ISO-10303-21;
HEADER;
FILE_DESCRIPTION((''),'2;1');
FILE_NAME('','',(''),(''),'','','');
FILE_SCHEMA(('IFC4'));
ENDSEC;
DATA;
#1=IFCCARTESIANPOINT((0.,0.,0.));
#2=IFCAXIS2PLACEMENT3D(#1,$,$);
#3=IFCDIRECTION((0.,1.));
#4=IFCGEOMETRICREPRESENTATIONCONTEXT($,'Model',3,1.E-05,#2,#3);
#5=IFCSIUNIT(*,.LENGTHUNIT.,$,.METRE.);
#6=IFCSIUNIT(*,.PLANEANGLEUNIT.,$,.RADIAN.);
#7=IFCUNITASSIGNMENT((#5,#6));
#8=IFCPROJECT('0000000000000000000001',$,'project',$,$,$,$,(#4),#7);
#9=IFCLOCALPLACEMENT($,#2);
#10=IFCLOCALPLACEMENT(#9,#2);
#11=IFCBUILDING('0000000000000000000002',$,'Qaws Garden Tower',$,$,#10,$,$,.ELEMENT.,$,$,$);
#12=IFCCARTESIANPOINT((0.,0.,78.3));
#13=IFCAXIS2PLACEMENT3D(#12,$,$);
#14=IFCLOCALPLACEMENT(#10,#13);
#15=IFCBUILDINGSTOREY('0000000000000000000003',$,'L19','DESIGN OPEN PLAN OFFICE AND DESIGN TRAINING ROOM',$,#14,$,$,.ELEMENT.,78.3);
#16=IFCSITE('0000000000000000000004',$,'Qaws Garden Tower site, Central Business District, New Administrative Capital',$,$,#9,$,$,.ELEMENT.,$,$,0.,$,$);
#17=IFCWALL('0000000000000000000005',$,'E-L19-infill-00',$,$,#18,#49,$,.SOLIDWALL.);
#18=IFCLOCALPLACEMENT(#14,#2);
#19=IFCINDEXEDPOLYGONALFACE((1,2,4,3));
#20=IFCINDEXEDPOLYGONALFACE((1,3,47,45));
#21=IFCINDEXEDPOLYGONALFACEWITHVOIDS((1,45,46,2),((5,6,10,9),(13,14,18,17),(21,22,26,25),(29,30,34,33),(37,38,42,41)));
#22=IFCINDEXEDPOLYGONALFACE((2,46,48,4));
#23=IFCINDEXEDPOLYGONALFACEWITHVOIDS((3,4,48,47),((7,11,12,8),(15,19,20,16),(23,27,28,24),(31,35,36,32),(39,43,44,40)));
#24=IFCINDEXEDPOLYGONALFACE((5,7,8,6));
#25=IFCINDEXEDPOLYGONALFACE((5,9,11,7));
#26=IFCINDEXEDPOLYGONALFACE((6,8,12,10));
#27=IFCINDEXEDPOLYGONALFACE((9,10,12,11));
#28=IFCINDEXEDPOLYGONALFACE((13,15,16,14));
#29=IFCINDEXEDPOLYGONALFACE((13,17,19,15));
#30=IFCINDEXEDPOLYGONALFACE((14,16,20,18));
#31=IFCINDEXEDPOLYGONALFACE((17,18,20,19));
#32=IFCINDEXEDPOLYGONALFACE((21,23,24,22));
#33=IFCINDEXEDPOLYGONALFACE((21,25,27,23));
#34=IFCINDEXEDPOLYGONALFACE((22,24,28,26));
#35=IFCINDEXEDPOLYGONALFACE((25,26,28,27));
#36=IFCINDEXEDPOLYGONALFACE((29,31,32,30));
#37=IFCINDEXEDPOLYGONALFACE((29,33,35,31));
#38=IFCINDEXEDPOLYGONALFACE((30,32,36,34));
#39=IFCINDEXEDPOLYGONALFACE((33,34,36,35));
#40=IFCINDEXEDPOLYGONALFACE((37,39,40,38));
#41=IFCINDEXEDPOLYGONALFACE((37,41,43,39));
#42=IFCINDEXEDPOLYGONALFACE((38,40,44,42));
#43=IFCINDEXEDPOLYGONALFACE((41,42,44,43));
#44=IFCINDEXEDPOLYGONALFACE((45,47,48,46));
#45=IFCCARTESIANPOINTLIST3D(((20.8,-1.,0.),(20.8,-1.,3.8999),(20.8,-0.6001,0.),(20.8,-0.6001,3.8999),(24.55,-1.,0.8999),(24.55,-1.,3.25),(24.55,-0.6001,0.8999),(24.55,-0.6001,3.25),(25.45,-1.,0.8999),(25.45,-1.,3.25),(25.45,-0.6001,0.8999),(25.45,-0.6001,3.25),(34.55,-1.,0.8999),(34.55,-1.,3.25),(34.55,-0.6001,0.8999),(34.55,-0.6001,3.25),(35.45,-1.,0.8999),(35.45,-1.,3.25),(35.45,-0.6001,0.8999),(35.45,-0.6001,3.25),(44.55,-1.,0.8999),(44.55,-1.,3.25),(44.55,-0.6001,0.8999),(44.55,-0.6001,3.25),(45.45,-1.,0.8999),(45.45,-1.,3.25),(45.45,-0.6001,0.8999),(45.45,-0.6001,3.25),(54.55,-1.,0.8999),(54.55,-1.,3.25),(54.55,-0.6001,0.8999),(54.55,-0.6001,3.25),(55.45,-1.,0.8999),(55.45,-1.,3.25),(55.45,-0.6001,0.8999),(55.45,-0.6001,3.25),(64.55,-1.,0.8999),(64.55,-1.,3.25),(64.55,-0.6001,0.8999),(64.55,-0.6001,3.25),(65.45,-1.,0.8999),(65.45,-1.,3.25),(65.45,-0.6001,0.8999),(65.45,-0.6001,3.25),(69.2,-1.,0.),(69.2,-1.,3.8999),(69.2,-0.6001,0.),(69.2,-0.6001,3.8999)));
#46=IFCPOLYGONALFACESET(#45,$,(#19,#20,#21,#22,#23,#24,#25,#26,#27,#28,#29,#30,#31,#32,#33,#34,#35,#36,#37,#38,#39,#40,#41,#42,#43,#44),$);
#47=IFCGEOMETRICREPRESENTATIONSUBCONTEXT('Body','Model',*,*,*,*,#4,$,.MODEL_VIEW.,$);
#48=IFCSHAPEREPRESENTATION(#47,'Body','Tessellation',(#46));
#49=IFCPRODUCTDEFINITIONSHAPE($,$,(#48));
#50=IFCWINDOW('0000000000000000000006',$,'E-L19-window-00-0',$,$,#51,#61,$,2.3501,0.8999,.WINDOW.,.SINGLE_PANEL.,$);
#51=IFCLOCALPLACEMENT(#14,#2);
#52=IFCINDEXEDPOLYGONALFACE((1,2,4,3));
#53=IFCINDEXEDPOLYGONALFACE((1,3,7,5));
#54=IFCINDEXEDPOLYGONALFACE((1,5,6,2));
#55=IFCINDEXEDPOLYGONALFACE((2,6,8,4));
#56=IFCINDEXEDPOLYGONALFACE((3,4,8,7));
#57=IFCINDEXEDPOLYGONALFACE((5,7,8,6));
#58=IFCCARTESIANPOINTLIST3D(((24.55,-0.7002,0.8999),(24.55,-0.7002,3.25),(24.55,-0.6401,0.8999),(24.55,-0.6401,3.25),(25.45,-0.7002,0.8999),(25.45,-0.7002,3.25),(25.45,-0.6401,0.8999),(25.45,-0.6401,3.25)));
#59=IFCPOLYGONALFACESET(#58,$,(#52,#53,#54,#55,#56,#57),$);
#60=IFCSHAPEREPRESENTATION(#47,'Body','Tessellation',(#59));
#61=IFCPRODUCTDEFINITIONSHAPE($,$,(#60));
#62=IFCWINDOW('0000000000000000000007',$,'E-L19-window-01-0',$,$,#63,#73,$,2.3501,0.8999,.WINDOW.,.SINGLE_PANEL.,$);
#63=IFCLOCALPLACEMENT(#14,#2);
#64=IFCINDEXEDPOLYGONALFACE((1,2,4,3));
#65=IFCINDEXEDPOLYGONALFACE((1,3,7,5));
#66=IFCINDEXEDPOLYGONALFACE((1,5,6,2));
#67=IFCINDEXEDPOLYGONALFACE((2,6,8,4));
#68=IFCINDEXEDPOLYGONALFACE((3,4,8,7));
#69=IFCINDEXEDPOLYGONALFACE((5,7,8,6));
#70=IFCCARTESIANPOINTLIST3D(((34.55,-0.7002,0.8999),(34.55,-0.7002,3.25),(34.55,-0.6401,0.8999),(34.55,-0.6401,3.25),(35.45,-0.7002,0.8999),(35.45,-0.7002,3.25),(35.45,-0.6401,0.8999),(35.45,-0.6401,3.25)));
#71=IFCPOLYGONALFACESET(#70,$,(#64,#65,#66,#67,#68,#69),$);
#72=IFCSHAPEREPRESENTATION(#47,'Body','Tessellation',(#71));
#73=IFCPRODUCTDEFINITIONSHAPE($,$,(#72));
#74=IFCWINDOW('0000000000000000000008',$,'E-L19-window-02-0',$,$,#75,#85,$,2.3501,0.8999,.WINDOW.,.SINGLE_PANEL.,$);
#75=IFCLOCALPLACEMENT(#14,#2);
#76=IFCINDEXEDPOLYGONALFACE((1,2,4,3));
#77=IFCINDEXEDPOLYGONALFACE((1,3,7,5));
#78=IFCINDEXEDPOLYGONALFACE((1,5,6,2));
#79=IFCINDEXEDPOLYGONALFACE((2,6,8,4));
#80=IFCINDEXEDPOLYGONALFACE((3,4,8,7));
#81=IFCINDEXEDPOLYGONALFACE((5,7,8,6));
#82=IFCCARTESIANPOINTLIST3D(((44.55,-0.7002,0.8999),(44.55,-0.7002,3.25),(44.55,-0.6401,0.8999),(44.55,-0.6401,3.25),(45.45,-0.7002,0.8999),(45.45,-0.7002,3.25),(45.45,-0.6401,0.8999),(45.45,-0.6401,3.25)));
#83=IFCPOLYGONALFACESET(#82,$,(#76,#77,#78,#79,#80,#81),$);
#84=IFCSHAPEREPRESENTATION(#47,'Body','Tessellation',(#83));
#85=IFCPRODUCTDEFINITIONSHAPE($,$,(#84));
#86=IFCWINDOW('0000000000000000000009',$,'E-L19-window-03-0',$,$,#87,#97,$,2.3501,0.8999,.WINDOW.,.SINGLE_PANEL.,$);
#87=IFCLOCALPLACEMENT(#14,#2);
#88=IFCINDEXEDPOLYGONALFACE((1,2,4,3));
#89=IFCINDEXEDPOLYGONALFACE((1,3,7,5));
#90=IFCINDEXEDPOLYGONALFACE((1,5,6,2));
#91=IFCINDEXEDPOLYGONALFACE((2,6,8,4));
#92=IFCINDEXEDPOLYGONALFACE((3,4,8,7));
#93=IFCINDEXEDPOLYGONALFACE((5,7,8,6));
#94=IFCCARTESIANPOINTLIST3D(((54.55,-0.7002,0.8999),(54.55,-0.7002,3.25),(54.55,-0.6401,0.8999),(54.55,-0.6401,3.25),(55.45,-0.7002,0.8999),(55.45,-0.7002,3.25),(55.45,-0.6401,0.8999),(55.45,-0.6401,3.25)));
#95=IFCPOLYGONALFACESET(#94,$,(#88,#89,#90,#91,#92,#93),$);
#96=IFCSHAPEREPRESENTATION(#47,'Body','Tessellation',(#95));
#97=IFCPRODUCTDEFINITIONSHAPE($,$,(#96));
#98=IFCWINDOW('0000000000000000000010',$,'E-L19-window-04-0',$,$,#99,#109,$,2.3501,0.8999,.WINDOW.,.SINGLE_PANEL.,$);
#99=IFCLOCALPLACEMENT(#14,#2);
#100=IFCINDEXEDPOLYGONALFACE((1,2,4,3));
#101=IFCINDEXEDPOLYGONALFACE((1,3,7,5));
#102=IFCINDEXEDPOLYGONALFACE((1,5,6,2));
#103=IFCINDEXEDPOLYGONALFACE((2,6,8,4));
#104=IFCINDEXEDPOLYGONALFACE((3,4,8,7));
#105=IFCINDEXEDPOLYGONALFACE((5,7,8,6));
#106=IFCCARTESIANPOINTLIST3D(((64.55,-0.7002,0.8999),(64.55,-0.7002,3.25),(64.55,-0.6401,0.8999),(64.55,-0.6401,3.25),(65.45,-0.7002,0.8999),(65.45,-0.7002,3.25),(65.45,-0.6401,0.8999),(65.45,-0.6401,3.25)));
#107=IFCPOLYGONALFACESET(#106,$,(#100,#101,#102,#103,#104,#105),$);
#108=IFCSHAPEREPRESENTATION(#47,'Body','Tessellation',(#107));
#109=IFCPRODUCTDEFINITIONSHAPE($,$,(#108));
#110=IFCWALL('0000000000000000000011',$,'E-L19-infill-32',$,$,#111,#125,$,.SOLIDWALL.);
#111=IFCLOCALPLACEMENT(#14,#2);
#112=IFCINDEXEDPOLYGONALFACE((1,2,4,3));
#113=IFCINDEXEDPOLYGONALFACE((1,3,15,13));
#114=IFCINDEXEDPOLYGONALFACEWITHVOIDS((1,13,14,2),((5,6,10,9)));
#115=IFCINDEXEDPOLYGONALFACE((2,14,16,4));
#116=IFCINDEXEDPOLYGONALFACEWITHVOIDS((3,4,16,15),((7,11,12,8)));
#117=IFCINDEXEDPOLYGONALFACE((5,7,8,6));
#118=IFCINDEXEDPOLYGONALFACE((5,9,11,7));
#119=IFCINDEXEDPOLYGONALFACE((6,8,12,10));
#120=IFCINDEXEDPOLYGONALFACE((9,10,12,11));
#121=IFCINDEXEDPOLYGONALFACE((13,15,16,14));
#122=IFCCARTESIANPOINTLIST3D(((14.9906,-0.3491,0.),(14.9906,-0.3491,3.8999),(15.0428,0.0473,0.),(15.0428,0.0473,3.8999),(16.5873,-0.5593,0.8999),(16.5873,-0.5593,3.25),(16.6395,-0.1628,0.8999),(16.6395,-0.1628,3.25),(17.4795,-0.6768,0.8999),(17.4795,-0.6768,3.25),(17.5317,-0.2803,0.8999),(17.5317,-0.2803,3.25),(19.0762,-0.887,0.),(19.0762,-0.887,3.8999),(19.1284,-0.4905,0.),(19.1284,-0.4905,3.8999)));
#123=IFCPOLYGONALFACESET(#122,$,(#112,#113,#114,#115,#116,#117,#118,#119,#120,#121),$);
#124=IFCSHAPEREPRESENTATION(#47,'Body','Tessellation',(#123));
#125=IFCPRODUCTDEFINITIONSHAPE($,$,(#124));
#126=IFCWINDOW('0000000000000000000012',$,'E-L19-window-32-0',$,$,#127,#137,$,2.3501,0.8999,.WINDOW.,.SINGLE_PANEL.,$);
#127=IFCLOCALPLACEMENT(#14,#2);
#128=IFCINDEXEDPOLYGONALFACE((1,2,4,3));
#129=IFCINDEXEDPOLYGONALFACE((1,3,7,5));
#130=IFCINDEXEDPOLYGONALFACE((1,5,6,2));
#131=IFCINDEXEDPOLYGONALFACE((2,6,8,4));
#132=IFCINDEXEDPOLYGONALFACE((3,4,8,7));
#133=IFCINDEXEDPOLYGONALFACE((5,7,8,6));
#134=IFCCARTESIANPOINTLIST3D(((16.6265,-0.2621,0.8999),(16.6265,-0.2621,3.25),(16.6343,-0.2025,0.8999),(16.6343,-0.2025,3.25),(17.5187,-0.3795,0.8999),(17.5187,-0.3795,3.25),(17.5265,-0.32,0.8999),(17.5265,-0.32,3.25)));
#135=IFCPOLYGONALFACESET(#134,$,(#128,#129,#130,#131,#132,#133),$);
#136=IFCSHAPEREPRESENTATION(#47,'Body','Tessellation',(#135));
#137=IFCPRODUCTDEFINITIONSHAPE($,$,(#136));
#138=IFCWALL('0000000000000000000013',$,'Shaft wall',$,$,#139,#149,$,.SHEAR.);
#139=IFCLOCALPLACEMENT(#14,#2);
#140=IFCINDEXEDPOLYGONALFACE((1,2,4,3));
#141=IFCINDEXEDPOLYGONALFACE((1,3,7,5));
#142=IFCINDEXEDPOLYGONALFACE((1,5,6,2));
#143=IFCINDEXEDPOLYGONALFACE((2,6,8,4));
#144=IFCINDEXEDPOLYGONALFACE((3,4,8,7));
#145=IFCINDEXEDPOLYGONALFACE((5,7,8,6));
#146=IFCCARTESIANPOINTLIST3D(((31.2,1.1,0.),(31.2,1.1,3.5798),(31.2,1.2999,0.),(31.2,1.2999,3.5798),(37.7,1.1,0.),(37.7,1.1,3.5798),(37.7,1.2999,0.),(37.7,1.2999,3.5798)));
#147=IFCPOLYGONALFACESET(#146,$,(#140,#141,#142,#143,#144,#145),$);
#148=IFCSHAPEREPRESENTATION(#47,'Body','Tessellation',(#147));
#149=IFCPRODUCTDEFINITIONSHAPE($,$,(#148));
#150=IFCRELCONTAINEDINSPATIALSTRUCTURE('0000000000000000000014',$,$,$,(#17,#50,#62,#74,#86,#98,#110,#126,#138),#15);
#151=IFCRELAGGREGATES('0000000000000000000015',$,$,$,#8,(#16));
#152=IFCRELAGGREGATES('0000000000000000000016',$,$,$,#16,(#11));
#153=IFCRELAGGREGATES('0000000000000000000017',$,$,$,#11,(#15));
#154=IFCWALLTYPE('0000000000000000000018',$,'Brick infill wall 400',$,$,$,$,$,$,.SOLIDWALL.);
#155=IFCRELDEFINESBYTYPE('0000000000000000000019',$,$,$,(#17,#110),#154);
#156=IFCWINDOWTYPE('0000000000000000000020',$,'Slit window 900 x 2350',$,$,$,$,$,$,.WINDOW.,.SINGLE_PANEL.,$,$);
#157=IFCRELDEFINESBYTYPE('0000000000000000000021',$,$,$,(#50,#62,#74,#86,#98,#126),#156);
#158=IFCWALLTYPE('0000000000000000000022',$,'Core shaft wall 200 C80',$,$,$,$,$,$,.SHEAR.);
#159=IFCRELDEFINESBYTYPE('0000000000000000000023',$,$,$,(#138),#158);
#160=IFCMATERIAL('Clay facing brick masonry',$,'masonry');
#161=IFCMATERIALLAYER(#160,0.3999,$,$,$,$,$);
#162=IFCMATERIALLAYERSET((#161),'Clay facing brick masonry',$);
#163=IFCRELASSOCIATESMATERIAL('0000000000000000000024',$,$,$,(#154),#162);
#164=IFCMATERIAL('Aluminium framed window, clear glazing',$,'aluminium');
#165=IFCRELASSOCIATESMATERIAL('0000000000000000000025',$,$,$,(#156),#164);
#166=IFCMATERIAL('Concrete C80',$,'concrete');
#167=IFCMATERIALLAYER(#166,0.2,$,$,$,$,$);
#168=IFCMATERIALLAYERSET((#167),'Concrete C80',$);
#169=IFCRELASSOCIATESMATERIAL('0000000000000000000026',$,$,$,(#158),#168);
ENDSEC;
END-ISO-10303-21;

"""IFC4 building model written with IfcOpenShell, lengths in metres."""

from ifc_helpers import new_model, si_unit, direction, frame, frame_2d, origin, place, context, subcontext, project, spatial, rectangle, extrude, material, layer, layer_set, type_object, element, fill, save


model = new_model("IFC4")

# Units and contexts
model_context = context("Model", 3, precision=1e-05, world=origin(), true_north=direction((0.0, 1.0)))
body_context = subcontext(model_context, "Body", "Model", "MODEL_VIEW")
ifc_project = project(units=[si_unit("LENGTHUNIT", "METRE"), si_unit("PLANEANGLEUNIT", "RADIAN")], contexts=[model_context])

# Site, building, storey
site_placement = place(None, origin())
site = spatial("IfcSite", under=ifc_project, at=site_placement, Name="Qaws Garden Tower site, Central Business District, New Administrative Capital", CompositionType="ELEMENT", RefElevation=0.0)
building_placement = place(site_placement, origin())
building = spatial("IfcBuilding", under=site, at=building_placement, Name="Qaws Garden Tower", CompositionType="ELEMENT")
storey_placement = place(building_placement, frame((0.0, 0.0, 78.3)))
storey = spatial("IfcBuildingStorey", under=building, at=storey_placement, Name="L19", Description="DESIGN OPEN PLAN OFFICE AND DESIGN TRAINING ROOM", CompositionType="ELEMENT", Elevation=78.3)

# Wall, openings, windows
ifc_material_1 = material(Name="Clay facing brick masonry", Category="masonry")
ifc_layer_1 = layer(ifc_material_1, 0.3999)
ifc_layer_set_1 = layer_set([ifc_layer_1], Name="Clay facing brick masonry")
wall_type_1 = type_object("IfcWallType", Name="Brick infill wall 400", PredefinedType="SOLIDWALL", material=ifc_layer_set_1)
wall_1_placement = place(storey_placement, frame((20.8, -0.8, 0.0), z_axis=(0.0, 0.0, 1.0), x_axis=(1.0, 0.0, 0.0)))
wall_1 = element("IfcWall", 1, at=wall_1_placement, inside=storey, type_object=wall_type_1, Name="E-L19-infill-00", PredefinedType="SOLIDWALL", context=body_context, shape_type="SweptSolid", body=[
    extrude(rectangle(XDim=48.3999, YDim=0.3999, at=frame_2d((24.2, 0.0))), origin(), (0.0, 0.0, 1.0), 3.8999),
])
opening_1_placement = place(wall_1_placement, frame((3.75, 0.0, 0.8999)))
opening_1 = element("IfcOpeningElement", 2, at=opening_1_placement, cuts=wall_1, PredefinedType="OPENING", context=body_context, shape_type="SweptSolid", body=[
    extrude(rectangle(XDim=0.8999, YDim=2.3501, at=frame_2d((0.45, 1.175))), frame((0.0, 0.21, 0.0), z_axis=(0.0, -1.0, 0.0), x_axis=(1.0, 0.0, 0.0)), (0.0, 0.0, 1.0), 0.4199),
])
opening_2_placement = place(wall_1_placement, frame((13.75, 0.0, 0.8999)))
opening_2 = element("IfcOpeningElement", 3, at=opening_2_placement, cuts=wall_1, PredefinedType="OPENING", context=body_context, shape_type="SweptSolid", body=[
    extrude(rectangle(XDim=0.8999, YDim=2.3501, at=frame_2d((0.45, 1.175))), frame((0.0, 0.21, 0.0), z_axis=(0.0, -1.0, 0.0), x_axis=(1.0, 0.0, 0.0)), (0.0, 0.0, 1.0), 0.4199),
])
opening_3_placement = place(wall_1_placement, frame((23.75, 0.0, 0.8999)))
opening_3 = element("IfcOpeningElement", 4, at=opening_3_placement, cuts=wall_1, PredefinedType="OPENING", context=body_context, shape_type="SweptSolid", body=[
    extrude(rectangle(XDim=0.8999, YDim=2.3501, at=frame_2d((0.45, 1.175))), frame((0.0, 0.21, 0.0), z_axis=(0.0, -1.0, 0.0), x_axis=(1.0, 0.0, 0.0)), (0.0, 0.0, 1.0), 0.4199),
])
opening_4_placement = place(wall_1_placement, frame((33.75, 0.0, 0.8999)))
opening_4 = element("IfcOpeningElement", 5, at=opening_4_placement, cuts=wall_1, PredefinedType="OPENING", context=body_context, shape_type="SweptSolid", body=[
    extrude(rectangle(XDim=0.8999, YDim=2.3501, at=frame_2d((0.45, 1.175))), frame((0.0, 0.21, 0.0), z_axis=(0.0, -1.0, 0.0), x_axis=(1.0, 0.0, 0.0)), (0.0, 0.0, 1.0), 0.4199),
])
opening_5_placement = place(wall_1_placement, frame((43.75, 0.0, 0.8999)))
opening_5 = element("IfcOpeningElement", 6, at=opening_5_placement, cuts=wall_1, PredefinedType="OPENING", context=body_context, shape_type="SweptSolid", body=[
    extrude(rectangle(XDim=0.8999, YDim=2.3501, at=frame_2d((0.45, 1.175))), frame((0.0, 0.21, 0.0), z_axis=(0.0, -1.0, 0.0), x_axis=(1.0, 0.0, 0.0)), (0.0, 0.0, 1.0), 0.4199),
])
ifc_material_2 = material(Name="Aluminium framed window, clear glazing", Category="aluminium")
window_type = type_object("IfcWindowType", Name="Slit window 900 x 2350", PartitioningType="SINGLE_PANEL", PredefinedType="WINDOW", material=ifc_material_2)
window_1_placement = place(opening_1_placement, origin())
window_1 = element("IfcWindow", 7, at=window_1_placement, inside=storey, type_object=window_type, Name="E-L19-window-00-0", OverallHeight=2.3501, OverallWidth=0.8999, PartitioningType="SINGLE_PANEL", PredefinedType="WINDOW", context=body_context, shape_type="SweptSolid", body=[
    extrude(rectangle(XDim=0.8999, YDim=2.3501, at=frame_2d((0.45, 1.175))), frame((0.0, 0.1599, 0.0), z_axis=(0.0, -1.0, 0.0), x_axis=(1.0, 0.0, 0.0)), (0.0, 0.0, 1.0), 0.0601),
])
fill(opening_1, window_1)
window_2_placement = place(opening_2_placement, origin())
window_2 = element("IfcWindow", 8, at=window_2_placement, inside=storey, type_object=window_type, Name="E-L19-window-01-0", OverallHeight=2.3501, OverallWidth=0.8999, PartitioningType="SINGLE_PANEL", PredefinedType="WINDOW", context=body_context, shape_type="SweptSolid", body=[
    extrude(rectangle(XDim=0.8999, YDim=2.3501, at=frame_2d((0.45, 1.175))), frame((0.0, 0.1599, 0.0), z_axis=(0.0, -1.0, 0.0), x_axis=(1.0, 0.0, 0.0)), (0.0, 0.0, 1.0), 0.0601),
])
fill(opening_2, window_2)
window_3_placement = place(opening_3_placement, origin())
window_3 = element("IfcWindow", 9, at=window_3_placement, inside=storey, type_object=window_type, Name="E-L19-window-02-0", OverallHeight=2.3501, OverallWidth=0.8999, PartitioningType="SINGLE_PANEL", PredefinedType="WINDOW", context=body_context, shape_type="SweptSolid", body=[
    extrude(rectangle(XDim=0.8999, YDim=2.3501, at=frame_2d((0.45, 1.175))), frame((0.0, 0.1599, 0.0), z_axis=(0.0, -1.0, 0.0), x_axis=(1.0, 0.0, 0.0)), (0.0, 0.0, 1.0), 0.0601),
])
fill(opening_3, window_3)
window_4_placement = place(opening_4_placement, origin())
window_4 = element("IfcWindow", 10, at=window_4_placement, inside=storey, type_object=window_type, Name="E-L19-window-03-0", OverallHeight=2.3501, OverallWidth=0.8999, PartitioningType="SINGLE_PANEL", PredefinedType="WINDOW", context=body_context, shape_type="SweptSolid", body=[
    extrude(rectangle(XDim=0.8999, YDim=2.3501, at=frame_2d((0.45, 1.175))), frame((0.0, 0.1599, 0.0), z_axis=(0.0, -1.0, 0.0), x_axis=(1.0, 0.0, 0.0)), (0.0, 0.0, 1.0), 0.0601),
])
fill(opening_4, window_4)
window_5_placement = place(opening_5_placement, origin())
window_5 = element("IfcWindow", 11, at=window_5_placement, inside=storey, type_object=window_type, Name="E-L19-window-04-0", OverallHeight=2.3501, OverallWidth=0.8999, PartitioningType="SINGLE_PANEL", PredefinedType="WINDOW", context=body_context, shape_type="SweptSolid", body=[
    extrude(rectangle(XDim=0.8999, YDim=2.3501, at=frame_2d((0.45, 1.175))), frame((0.0, 0.1599, 0.0), z_axis=(0.0, -1.0, 0.0), x_axis=(1.0, 0.0, 0.0)), (0.0, 0.0, 1.0), 0.0601),
])
fill(opening_5, window_5)

# Wall, opening, window
wall_2_placement = place(storey_placement, frame((15.0166, -0.1509, 0.0), z_axis=(0.0, 0.0, 1.0), x_axis=(0.991446, -0.130514, 0.0)))
wall_2 = element("IfcWall", 12, at=wall_2_placement, inside=storey, type_object=wall_type_1, Name="E-L19-infill-32", PredefinedType="SOLIDWALL", context=body_context, shape_type="SweptSolid", body=[
    extrude(rectangle(XDim=4.1208, YDim=0.3999, at=frame_2d((2.0605, 0.0))), origin(), (0.0, 0.0, 1.0), 3.8999),
])
opening_6_placement = place(wall_2_placement, frame((1.6106, 0.0, 0.8999)))
opening_6 = element("IfcOpeningElement", 13, at=opening_6_placement, cuts=wall_2, PredefinedType="OPENING", context=body_context, shape_type="SweptSolid", body=[
    extrude(rectangle(XDim=0.8999, YDim=2.3501, at=frame_2d((0.45, 1.175))), frame((0.0, 0.21, 0.0), z_axis=(0.0, -1.0, 0.0), x_axis=(1.0, 0.0, 0.0)), (0.0, 0.0, 1.0), 0.4199),
])
window_6_placement = place(opening_6_placement, origin())
window_6 = element("IfcWindow", 14, at=window_6_placement, inside=storey, type_object=window_type, Name="E-L19-window-32-0", OverallHeight=2.3501, OverallWidth=0.8999, PartitioningType="SINGLE_PANEL", PredefinedType="WINDOW", context=body_context, shape_type="SweptSolid", body=[
    extrude(rectangle(XDim=0.8999, YDim=2.3501, at=frame_2d((0.45, 1.175))), frame((0.0, 0.1599, 0.0), z_axis=(0.0, -1.0, 0.0), x_axis=(1.0, 0.0, 0.0)), (0.0, 0.0, 1.0), 0.0601),
])
fill(opening_6, window_6)

# Wall
ifc_material_3 = material(Name="Concrete C80", Category="concrete")
ifc_layer_2 = layer(ifc_material_3, 0.2)
ifc_layer_set_2 = layer_set([ifc_layer_2], Name="Concrete C80")
wall_type_2 = type_object("IfcWallType", Name="Core shaft wall 200 C80", PredefinedType="SHEAR", material=ifc_layer_set_2)
wall_3_placement = place(storey_placement, frame((31.2, 1.2, 0.0), z_axis=(0.0, 0.0, 1.0), x_axis=(1.0, 0.0, 0.0)))
element("IfcWall", 15, at=wall_3_placement, inside=storey, type_object=wall_type_2, Name="Shaft wall", PredefinedType="SHEAR", context=body_context, shape_type="SweptSolid", body=[
    extrude(rectangle(XDim=6.5, YDim=0.2, at=frame_2d((3.25, 0.0))), origin(), (0.0, 0.0, 1.0), 3.5798),
])

save(model, "model.ifc")
